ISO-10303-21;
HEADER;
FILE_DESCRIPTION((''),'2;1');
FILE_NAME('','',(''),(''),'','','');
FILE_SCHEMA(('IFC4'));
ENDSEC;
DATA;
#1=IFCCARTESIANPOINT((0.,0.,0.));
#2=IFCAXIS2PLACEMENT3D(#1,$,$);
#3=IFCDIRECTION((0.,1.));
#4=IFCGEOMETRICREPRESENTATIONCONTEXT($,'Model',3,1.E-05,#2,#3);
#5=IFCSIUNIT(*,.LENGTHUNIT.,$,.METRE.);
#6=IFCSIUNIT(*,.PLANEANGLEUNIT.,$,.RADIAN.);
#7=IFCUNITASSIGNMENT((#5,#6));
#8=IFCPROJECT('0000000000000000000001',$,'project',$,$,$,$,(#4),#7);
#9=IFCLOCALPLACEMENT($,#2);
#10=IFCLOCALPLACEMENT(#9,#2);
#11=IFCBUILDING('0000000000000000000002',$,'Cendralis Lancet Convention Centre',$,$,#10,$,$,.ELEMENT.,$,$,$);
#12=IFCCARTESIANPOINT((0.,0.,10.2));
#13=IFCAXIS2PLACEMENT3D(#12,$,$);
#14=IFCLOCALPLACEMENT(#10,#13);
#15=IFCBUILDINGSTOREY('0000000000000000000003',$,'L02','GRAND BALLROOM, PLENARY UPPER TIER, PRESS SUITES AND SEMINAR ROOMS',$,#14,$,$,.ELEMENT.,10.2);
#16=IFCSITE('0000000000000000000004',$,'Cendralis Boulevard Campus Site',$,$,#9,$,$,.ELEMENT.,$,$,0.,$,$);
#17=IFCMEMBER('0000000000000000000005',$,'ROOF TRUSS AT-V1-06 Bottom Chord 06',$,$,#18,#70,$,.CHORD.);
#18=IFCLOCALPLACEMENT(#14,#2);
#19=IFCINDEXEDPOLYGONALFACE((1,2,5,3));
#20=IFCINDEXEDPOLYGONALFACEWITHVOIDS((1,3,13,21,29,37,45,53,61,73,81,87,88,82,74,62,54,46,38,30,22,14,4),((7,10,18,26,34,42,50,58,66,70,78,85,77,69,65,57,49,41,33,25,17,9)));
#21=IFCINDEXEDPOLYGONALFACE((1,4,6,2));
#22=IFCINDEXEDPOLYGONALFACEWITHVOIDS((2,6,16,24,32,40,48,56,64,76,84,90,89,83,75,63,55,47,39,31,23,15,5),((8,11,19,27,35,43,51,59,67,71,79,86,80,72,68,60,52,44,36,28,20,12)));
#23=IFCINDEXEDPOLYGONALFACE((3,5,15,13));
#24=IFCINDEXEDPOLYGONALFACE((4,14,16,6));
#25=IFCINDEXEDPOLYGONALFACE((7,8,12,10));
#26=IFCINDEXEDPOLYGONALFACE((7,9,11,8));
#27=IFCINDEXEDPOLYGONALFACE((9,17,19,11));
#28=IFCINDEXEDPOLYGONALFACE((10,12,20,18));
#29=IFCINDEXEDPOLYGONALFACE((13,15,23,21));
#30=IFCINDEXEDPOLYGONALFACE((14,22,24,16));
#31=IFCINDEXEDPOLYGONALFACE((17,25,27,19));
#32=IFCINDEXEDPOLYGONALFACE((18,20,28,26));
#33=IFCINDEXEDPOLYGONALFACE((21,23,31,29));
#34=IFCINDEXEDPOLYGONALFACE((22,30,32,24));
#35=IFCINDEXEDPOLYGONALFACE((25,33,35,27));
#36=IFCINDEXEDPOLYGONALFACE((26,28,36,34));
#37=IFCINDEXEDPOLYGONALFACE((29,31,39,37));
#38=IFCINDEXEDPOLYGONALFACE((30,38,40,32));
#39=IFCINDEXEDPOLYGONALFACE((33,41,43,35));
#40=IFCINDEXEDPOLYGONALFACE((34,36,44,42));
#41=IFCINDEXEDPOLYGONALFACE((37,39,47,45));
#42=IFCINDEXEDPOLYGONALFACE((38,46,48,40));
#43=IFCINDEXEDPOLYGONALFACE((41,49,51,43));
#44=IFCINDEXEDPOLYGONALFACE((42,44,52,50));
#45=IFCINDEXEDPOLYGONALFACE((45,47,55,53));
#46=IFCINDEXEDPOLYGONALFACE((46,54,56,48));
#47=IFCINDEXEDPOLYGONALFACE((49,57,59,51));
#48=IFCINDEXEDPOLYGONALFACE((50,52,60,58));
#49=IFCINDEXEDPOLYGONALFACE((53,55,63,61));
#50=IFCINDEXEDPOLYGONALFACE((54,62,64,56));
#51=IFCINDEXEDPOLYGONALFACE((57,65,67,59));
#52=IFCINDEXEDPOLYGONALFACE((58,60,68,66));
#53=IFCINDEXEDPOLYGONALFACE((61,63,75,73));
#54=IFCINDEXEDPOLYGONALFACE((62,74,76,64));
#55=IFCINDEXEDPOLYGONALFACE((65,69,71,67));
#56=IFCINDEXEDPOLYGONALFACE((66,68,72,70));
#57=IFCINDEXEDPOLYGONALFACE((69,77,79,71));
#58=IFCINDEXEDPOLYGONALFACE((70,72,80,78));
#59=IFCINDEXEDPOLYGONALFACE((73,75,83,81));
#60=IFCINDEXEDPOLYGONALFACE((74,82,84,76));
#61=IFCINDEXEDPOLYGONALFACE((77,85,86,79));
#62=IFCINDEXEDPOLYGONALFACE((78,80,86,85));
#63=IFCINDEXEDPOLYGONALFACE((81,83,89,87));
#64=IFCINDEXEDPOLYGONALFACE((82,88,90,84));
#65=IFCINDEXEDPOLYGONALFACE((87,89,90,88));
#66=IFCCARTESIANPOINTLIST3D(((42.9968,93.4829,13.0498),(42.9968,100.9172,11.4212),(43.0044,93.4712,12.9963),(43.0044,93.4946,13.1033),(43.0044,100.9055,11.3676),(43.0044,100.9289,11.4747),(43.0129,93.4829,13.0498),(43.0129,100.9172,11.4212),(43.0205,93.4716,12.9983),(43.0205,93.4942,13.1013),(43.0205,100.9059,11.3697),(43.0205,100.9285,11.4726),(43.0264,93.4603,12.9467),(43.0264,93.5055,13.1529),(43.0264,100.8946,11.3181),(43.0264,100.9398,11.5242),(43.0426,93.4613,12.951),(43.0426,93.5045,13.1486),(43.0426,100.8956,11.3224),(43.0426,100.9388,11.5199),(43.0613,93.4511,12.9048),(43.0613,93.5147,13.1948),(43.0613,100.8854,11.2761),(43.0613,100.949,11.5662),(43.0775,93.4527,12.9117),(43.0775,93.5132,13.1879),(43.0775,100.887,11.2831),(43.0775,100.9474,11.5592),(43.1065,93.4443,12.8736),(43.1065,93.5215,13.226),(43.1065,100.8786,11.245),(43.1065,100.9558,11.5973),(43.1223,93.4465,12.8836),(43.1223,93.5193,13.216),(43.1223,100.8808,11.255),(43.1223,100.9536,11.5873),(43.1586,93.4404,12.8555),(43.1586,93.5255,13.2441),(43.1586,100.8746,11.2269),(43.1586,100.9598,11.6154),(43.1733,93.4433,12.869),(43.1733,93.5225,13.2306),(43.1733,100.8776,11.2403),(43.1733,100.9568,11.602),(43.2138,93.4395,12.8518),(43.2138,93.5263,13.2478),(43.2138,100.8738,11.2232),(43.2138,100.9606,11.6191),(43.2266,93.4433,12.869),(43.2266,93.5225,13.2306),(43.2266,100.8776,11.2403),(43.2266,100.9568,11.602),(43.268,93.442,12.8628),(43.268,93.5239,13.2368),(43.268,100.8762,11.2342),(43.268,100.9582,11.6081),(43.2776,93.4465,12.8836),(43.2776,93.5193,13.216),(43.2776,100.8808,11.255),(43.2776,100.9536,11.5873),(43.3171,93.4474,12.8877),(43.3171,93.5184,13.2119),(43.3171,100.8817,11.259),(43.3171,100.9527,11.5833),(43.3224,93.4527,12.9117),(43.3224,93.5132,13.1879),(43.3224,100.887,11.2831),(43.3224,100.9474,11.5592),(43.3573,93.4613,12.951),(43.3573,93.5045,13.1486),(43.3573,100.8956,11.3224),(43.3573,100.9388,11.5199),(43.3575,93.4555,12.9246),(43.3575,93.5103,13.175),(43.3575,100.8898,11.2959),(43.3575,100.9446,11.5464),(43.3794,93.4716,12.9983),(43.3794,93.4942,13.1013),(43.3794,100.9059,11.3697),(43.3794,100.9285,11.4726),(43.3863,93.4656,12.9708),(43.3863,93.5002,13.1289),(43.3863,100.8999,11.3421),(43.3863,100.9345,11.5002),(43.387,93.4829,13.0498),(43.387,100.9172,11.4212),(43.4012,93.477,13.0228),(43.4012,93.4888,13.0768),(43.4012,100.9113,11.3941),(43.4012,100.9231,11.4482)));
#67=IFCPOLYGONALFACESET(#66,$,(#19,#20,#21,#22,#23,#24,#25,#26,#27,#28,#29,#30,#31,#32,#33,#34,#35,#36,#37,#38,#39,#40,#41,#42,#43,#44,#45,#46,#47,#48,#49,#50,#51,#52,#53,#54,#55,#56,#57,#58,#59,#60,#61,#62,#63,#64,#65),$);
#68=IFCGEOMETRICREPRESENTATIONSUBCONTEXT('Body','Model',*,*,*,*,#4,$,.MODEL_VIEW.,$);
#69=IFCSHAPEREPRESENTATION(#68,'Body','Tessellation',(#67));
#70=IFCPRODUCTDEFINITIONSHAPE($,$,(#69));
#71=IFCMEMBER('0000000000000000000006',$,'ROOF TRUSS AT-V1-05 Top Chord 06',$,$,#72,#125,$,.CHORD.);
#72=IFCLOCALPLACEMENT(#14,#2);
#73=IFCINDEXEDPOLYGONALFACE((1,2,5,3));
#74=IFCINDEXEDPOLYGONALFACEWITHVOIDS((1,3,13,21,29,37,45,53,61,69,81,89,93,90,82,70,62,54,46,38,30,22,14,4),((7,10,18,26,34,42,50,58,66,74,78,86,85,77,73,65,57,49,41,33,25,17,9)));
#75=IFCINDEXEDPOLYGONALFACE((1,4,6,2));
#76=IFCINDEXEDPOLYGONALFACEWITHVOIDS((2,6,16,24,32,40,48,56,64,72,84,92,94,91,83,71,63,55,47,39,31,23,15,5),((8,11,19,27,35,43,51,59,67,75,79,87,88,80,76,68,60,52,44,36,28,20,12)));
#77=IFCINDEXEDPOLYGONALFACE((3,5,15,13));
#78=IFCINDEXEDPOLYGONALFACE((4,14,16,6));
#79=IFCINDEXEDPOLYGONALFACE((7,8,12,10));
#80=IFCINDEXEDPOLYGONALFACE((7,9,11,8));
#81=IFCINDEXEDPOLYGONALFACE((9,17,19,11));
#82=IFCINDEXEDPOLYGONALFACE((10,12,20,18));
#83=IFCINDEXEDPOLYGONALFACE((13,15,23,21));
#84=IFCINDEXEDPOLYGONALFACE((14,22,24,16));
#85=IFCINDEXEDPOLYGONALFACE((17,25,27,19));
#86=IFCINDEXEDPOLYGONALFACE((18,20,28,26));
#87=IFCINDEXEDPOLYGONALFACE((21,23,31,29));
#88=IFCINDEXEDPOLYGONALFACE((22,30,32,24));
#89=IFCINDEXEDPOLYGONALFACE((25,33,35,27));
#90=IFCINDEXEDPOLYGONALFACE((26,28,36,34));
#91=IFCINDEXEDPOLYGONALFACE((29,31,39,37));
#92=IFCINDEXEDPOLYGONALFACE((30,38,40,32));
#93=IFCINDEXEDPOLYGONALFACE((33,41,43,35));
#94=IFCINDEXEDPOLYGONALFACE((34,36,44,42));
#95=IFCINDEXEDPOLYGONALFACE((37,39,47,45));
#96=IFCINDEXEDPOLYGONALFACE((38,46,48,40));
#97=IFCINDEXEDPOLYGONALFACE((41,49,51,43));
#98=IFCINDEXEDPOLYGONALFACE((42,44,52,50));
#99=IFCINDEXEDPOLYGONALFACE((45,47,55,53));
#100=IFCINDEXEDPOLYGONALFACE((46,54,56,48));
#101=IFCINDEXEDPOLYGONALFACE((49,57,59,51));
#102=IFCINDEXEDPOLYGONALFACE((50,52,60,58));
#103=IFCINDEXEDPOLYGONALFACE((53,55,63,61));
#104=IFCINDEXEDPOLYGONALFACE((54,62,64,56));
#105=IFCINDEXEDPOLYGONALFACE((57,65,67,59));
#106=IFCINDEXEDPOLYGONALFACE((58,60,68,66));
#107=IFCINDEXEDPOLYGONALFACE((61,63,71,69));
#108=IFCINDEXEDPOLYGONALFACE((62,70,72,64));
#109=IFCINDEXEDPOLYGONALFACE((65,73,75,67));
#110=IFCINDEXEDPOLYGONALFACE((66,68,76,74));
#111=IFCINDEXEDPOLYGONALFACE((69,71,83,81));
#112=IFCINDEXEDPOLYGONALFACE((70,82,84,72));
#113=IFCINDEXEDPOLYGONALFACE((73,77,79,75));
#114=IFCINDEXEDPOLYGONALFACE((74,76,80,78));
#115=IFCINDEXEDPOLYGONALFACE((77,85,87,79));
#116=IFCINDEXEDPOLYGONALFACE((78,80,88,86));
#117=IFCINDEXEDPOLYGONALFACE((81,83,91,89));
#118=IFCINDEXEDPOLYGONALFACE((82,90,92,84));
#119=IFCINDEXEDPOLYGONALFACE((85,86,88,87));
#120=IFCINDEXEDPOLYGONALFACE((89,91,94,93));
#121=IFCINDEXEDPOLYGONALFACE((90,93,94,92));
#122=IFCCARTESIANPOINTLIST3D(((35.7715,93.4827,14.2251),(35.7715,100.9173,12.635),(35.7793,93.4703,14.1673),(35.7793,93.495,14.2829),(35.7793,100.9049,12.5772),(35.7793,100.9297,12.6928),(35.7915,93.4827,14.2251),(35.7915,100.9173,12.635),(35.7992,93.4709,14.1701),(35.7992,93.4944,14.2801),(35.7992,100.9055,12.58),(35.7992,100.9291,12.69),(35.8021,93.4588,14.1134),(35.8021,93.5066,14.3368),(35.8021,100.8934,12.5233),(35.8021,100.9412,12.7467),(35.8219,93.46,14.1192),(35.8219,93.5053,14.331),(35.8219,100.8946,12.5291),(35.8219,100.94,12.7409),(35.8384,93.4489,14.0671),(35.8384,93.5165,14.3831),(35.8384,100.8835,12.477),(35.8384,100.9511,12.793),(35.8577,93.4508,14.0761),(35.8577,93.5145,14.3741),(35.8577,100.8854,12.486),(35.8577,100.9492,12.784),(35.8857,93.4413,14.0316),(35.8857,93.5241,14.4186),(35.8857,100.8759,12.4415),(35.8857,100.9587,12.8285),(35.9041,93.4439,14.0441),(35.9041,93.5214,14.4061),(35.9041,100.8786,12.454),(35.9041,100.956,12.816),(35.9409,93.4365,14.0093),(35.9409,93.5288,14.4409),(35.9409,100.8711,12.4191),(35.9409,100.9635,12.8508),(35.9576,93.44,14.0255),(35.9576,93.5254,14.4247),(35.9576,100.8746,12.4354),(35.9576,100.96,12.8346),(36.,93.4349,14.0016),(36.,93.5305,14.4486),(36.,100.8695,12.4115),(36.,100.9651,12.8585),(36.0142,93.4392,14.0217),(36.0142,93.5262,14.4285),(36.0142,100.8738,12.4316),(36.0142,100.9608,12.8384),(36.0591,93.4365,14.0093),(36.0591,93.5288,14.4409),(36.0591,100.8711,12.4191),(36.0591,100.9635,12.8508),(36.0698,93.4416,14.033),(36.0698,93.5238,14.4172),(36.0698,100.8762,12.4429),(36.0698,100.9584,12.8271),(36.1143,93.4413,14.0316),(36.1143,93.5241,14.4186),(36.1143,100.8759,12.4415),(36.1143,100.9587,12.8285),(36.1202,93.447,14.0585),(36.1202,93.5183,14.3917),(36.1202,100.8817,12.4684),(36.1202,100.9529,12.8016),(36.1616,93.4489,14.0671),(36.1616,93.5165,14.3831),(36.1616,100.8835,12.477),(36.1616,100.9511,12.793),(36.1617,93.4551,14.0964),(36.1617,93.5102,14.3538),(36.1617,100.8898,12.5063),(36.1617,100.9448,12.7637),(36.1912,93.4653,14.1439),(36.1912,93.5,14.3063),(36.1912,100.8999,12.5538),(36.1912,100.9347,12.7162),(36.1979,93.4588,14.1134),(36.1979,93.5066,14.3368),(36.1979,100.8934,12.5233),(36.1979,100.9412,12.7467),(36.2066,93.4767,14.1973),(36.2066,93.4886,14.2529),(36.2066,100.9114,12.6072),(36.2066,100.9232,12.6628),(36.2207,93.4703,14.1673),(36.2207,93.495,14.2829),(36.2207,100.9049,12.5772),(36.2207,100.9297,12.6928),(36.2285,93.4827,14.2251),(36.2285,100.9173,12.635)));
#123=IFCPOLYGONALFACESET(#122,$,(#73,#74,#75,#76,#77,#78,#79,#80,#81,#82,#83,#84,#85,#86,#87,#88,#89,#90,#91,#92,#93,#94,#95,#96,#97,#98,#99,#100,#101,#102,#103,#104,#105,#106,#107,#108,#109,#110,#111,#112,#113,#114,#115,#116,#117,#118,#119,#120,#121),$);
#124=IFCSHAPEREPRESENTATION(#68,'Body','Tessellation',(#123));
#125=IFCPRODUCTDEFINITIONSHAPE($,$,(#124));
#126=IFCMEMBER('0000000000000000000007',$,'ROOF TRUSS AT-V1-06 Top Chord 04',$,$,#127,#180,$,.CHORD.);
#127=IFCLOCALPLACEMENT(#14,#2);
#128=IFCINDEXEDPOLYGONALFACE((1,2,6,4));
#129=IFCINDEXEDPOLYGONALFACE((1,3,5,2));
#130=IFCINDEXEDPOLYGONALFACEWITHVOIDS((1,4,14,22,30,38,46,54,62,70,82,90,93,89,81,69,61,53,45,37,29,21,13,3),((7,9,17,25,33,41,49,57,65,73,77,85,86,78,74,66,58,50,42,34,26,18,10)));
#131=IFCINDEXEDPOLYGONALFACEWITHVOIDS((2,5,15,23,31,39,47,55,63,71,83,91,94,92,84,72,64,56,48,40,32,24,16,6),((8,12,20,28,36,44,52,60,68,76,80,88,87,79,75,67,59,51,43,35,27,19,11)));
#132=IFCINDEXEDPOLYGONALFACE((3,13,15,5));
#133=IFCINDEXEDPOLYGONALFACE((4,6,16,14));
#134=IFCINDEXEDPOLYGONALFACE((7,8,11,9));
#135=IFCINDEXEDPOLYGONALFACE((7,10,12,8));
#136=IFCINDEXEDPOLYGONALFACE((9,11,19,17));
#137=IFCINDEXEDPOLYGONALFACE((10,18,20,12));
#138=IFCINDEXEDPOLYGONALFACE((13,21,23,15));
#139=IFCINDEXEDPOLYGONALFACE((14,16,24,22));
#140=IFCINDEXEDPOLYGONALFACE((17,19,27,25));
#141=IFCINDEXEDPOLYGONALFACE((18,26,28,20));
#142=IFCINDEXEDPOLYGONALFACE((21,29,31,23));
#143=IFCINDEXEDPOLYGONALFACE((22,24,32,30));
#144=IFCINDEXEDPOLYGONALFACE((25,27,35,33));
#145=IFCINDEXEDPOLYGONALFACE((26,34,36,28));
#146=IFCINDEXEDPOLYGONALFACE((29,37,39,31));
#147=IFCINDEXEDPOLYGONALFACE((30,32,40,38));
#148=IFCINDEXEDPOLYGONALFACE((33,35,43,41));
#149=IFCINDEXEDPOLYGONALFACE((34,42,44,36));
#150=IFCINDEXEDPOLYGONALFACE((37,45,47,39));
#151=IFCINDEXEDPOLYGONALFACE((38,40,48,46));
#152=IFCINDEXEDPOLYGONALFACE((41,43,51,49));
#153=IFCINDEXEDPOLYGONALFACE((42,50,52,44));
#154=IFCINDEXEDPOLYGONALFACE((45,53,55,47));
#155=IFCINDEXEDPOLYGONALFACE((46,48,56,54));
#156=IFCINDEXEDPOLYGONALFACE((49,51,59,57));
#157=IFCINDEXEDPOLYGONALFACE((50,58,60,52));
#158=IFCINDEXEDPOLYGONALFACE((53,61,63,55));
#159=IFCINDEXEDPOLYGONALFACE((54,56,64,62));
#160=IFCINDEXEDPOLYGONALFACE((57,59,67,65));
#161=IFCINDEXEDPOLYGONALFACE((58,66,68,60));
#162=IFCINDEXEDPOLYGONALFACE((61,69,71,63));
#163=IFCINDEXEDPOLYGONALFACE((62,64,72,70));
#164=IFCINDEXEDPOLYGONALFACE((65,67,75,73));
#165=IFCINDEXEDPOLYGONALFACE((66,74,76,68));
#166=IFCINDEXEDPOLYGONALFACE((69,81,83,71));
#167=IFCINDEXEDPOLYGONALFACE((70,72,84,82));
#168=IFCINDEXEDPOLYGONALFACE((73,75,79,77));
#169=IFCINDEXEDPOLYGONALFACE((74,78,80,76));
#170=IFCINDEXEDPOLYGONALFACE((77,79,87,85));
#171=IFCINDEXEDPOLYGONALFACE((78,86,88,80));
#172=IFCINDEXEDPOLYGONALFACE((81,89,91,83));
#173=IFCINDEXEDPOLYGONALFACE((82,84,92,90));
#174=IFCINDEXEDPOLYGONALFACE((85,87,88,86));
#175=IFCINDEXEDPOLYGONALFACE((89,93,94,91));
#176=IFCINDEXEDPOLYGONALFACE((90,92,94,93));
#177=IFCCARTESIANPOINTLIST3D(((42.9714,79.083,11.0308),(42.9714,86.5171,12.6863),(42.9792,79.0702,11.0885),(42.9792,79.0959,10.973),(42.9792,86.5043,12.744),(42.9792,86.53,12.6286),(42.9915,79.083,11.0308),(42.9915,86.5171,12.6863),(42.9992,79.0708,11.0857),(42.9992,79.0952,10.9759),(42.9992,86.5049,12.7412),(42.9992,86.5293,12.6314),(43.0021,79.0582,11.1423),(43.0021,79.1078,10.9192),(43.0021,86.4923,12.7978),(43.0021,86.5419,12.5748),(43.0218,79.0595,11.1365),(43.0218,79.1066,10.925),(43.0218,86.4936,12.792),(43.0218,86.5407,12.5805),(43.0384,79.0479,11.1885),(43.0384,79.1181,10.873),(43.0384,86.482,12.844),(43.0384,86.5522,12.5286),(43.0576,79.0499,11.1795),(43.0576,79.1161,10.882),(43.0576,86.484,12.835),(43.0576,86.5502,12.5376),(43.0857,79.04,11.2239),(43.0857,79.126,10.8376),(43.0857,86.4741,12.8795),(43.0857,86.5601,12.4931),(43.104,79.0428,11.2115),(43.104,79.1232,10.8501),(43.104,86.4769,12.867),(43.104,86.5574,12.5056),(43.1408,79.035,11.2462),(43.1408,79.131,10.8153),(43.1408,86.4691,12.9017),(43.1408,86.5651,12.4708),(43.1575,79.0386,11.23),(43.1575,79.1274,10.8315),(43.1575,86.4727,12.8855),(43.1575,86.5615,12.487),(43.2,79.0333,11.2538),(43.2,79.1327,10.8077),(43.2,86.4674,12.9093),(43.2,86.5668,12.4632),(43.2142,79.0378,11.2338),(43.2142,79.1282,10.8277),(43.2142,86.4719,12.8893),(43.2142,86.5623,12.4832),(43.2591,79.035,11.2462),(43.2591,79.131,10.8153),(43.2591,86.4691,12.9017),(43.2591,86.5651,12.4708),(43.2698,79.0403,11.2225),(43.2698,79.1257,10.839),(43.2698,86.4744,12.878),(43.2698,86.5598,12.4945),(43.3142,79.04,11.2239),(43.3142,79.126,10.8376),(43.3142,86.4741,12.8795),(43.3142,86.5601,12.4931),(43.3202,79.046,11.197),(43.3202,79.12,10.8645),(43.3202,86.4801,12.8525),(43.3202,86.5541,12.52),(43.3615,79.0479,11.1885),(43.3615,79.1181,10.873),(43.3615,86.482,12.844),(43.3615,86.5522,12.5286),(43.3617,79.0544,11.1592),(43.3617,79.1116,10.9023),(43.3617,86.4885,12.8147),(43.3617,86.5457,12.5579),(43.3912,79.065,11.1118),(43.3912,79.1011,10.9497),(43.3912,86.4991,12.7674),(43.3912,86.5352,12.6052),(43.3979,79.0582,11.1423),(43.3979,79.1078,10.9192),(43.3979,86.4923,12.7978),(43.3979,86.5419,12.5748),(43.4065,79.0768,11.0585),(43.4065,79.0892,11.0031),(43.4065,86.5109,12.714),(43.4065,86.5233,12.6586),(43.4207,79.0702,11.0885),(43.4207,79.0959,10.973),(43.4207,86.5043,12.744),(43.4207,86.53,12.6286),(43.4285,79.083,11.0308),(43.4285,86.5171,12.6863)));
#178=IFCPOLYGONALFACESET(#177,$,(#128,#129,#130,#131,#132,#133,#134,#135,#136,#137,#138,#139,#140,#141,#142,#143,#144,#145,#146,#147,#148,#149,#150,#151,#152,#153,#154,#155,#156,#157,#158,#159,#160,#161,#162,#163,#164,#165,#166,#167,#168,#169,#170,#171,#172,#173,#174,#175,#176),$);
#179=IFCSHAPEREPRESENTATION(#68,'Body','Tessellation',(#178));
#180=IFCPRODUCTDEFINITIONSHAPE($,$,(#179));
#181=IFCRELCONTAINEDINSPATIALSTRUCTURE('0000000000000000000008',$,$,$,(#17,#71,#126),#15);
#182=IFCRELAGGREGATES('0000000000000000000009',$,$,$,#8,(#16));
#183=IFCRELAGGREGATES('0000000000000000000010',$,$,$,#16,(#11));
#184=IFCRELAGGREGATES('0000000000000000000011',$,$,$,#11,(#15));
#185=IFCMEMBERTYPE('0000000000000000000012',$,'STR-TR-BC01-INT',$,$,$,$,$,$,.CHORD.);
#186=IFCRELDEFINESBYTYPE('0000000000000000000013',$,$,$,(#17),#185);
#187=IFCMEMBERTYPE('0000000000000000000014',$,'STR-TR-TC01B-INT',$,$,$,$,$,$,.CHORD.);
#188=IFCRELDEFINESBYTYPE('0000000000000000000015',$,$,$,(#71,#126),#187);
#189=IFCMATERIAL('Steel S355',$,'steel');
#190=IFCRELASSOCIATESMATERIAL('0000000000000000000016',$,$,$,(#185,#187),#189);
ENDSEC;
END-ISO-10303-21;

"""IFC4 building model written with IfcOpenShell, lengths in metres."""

from ifc_helpers import new_model, si_unit, direction, frame, origin, origin_2d, place, context, subcontext, project, spatial, hollow_circle, extrude, material, material_profile, profile_set, type_object, element, save


model = new_model("IFC4")

# Units and contexts
model_context = context("Model", 3, precision=1e-05, world=origin(), true_north=direction((0.0, 1.0)))
body_context = subcontext(model_context, "Body", "Model", "MODEL_VIEW")
ifc_project = project(units=[si_unit("LENGTHUNIT", "METRE"), si_unit("PLANEANGLEUNIT", "RADIAN")], contexts=[model_context])

# Site, building, storey
site_placement = place(None, origin())
site = spatial("IfcSite", under=ifc_project, at=site_placement, Name="Cendralis Boulevard Campus Site", CompositionType="ELEMENT", RefElevation=0.0)
building_placement = place(site_placement, origin())
building = spatial("IfcBuilding", under=site, at=building_placement, Name="Cendralis Lancet Convention Centre", CompositionType="ELEMENT")
storey_placement = place(building_placement, frame((0.0, 0.0, 10.2)))
storey = spatial("IfcBuildingStorey", under=building, at=storey_placement, Name="L02", Description="GRAND BALLROOM, PLENARY UPPER TIER, PRESS SUITES AND SEMINAR ROOMS", CompositionType="ELEMENT", Elevation=10.2)

# Members
ifc_material = material(Name="Steel S355", Category="steel")
ifc_material_profile_1 = material_profile(ifc_material, hollow_circle(Radius=0.2031, WallThickness=0.0161, at=origin_2d()), Name="CHS 406.4x16.0")
ifc_profile_set_1 = profile_set([ifc_material_profile_1], Name="Steel S355")
member_type_1 = type_object("IfcMemberType", Name="STR-TR-BC01-INT", PredefinedType="CHORD", material=ifc_profile_set_1)
member_1_placement = place(storey_placement, frame((43.2, 93.4829, 13.0498), z_axis=(0.0, 0.976834, -0.213998), x_axis=(-1.0, 0.0, 0.0)))
element("IfcMember", 1, at=member_1_placement, inside=storey, type_object=member_type_1, Name="ROOF TRUSS AT-V1-06 Bottom Chord 06", PredefinedType="CHORD", context=body_context, shape_type="SweptSolid", body=[
    extrude(hollow_circle(Radius=0.2031, WallThickness=0.0161, at=origin_2d()), origin(), (0.0, 0.0, 1.0), 7.6106),
])
ifc_material_profile_2 = material_profile(ifc_material, hollow_circle(Radius=0.2285, WallThickness=0.02, at=origin_2d()), Name="CHS 457.0x20.0")
ifc_profile_set_2 = profile_set([ifc_material_profile_2], Name="Steel S355")
member_type_2 = type_object("IfcMemberType", Name="STR-TR-TC01B-INT", PredefinedType="CHORD", material=ifc_profile_set_2)
member_2_placement = place(storey_placement, frame((36.0, 93.4827, 14.2251), z_axis=(0.0, 0.977884, -0.209147), x_axis=(-1.0, 0.0, 0.0)))
element("IfcMember", 2, at=member_2_placement, inside=storey, type_object=member_type_2, Name="ROOF TRUSS AT-V1-05 Top Chord 06", PredefinedType="CHORD", context=body_context, shape_type="SweptSolid", body=[
    extrude(hollow_circle(Radius=0.2285, WallThickness=0.02, at=origin_2d()), origin(), (0.0, 0.0, 1.0), 7.6028),
])
member_3_placement = place(storey_placement, frame((43.2, 79.083, 11.0308), z_axis=(0.0, 0.97609, 0.217368), x_axis=(-1.0, 0.0, 0.0)))
element("IfcMember", 3, at=member_3_placement, inside=storey, type_object=member_type_2, Name="ROOF TRUSS AT-V1-06 Top Chord 04", PredefinedType="CHORD", context=body_context, shape_type="SweptSolid", body=[
    extrude(hollow_circle(Radius=0.2285, WallThickness=0.02, at=origin_2d()), origin(), (0.0, 0.0, 1.0), 7.6162),
])

save(model, "model.ifc")
